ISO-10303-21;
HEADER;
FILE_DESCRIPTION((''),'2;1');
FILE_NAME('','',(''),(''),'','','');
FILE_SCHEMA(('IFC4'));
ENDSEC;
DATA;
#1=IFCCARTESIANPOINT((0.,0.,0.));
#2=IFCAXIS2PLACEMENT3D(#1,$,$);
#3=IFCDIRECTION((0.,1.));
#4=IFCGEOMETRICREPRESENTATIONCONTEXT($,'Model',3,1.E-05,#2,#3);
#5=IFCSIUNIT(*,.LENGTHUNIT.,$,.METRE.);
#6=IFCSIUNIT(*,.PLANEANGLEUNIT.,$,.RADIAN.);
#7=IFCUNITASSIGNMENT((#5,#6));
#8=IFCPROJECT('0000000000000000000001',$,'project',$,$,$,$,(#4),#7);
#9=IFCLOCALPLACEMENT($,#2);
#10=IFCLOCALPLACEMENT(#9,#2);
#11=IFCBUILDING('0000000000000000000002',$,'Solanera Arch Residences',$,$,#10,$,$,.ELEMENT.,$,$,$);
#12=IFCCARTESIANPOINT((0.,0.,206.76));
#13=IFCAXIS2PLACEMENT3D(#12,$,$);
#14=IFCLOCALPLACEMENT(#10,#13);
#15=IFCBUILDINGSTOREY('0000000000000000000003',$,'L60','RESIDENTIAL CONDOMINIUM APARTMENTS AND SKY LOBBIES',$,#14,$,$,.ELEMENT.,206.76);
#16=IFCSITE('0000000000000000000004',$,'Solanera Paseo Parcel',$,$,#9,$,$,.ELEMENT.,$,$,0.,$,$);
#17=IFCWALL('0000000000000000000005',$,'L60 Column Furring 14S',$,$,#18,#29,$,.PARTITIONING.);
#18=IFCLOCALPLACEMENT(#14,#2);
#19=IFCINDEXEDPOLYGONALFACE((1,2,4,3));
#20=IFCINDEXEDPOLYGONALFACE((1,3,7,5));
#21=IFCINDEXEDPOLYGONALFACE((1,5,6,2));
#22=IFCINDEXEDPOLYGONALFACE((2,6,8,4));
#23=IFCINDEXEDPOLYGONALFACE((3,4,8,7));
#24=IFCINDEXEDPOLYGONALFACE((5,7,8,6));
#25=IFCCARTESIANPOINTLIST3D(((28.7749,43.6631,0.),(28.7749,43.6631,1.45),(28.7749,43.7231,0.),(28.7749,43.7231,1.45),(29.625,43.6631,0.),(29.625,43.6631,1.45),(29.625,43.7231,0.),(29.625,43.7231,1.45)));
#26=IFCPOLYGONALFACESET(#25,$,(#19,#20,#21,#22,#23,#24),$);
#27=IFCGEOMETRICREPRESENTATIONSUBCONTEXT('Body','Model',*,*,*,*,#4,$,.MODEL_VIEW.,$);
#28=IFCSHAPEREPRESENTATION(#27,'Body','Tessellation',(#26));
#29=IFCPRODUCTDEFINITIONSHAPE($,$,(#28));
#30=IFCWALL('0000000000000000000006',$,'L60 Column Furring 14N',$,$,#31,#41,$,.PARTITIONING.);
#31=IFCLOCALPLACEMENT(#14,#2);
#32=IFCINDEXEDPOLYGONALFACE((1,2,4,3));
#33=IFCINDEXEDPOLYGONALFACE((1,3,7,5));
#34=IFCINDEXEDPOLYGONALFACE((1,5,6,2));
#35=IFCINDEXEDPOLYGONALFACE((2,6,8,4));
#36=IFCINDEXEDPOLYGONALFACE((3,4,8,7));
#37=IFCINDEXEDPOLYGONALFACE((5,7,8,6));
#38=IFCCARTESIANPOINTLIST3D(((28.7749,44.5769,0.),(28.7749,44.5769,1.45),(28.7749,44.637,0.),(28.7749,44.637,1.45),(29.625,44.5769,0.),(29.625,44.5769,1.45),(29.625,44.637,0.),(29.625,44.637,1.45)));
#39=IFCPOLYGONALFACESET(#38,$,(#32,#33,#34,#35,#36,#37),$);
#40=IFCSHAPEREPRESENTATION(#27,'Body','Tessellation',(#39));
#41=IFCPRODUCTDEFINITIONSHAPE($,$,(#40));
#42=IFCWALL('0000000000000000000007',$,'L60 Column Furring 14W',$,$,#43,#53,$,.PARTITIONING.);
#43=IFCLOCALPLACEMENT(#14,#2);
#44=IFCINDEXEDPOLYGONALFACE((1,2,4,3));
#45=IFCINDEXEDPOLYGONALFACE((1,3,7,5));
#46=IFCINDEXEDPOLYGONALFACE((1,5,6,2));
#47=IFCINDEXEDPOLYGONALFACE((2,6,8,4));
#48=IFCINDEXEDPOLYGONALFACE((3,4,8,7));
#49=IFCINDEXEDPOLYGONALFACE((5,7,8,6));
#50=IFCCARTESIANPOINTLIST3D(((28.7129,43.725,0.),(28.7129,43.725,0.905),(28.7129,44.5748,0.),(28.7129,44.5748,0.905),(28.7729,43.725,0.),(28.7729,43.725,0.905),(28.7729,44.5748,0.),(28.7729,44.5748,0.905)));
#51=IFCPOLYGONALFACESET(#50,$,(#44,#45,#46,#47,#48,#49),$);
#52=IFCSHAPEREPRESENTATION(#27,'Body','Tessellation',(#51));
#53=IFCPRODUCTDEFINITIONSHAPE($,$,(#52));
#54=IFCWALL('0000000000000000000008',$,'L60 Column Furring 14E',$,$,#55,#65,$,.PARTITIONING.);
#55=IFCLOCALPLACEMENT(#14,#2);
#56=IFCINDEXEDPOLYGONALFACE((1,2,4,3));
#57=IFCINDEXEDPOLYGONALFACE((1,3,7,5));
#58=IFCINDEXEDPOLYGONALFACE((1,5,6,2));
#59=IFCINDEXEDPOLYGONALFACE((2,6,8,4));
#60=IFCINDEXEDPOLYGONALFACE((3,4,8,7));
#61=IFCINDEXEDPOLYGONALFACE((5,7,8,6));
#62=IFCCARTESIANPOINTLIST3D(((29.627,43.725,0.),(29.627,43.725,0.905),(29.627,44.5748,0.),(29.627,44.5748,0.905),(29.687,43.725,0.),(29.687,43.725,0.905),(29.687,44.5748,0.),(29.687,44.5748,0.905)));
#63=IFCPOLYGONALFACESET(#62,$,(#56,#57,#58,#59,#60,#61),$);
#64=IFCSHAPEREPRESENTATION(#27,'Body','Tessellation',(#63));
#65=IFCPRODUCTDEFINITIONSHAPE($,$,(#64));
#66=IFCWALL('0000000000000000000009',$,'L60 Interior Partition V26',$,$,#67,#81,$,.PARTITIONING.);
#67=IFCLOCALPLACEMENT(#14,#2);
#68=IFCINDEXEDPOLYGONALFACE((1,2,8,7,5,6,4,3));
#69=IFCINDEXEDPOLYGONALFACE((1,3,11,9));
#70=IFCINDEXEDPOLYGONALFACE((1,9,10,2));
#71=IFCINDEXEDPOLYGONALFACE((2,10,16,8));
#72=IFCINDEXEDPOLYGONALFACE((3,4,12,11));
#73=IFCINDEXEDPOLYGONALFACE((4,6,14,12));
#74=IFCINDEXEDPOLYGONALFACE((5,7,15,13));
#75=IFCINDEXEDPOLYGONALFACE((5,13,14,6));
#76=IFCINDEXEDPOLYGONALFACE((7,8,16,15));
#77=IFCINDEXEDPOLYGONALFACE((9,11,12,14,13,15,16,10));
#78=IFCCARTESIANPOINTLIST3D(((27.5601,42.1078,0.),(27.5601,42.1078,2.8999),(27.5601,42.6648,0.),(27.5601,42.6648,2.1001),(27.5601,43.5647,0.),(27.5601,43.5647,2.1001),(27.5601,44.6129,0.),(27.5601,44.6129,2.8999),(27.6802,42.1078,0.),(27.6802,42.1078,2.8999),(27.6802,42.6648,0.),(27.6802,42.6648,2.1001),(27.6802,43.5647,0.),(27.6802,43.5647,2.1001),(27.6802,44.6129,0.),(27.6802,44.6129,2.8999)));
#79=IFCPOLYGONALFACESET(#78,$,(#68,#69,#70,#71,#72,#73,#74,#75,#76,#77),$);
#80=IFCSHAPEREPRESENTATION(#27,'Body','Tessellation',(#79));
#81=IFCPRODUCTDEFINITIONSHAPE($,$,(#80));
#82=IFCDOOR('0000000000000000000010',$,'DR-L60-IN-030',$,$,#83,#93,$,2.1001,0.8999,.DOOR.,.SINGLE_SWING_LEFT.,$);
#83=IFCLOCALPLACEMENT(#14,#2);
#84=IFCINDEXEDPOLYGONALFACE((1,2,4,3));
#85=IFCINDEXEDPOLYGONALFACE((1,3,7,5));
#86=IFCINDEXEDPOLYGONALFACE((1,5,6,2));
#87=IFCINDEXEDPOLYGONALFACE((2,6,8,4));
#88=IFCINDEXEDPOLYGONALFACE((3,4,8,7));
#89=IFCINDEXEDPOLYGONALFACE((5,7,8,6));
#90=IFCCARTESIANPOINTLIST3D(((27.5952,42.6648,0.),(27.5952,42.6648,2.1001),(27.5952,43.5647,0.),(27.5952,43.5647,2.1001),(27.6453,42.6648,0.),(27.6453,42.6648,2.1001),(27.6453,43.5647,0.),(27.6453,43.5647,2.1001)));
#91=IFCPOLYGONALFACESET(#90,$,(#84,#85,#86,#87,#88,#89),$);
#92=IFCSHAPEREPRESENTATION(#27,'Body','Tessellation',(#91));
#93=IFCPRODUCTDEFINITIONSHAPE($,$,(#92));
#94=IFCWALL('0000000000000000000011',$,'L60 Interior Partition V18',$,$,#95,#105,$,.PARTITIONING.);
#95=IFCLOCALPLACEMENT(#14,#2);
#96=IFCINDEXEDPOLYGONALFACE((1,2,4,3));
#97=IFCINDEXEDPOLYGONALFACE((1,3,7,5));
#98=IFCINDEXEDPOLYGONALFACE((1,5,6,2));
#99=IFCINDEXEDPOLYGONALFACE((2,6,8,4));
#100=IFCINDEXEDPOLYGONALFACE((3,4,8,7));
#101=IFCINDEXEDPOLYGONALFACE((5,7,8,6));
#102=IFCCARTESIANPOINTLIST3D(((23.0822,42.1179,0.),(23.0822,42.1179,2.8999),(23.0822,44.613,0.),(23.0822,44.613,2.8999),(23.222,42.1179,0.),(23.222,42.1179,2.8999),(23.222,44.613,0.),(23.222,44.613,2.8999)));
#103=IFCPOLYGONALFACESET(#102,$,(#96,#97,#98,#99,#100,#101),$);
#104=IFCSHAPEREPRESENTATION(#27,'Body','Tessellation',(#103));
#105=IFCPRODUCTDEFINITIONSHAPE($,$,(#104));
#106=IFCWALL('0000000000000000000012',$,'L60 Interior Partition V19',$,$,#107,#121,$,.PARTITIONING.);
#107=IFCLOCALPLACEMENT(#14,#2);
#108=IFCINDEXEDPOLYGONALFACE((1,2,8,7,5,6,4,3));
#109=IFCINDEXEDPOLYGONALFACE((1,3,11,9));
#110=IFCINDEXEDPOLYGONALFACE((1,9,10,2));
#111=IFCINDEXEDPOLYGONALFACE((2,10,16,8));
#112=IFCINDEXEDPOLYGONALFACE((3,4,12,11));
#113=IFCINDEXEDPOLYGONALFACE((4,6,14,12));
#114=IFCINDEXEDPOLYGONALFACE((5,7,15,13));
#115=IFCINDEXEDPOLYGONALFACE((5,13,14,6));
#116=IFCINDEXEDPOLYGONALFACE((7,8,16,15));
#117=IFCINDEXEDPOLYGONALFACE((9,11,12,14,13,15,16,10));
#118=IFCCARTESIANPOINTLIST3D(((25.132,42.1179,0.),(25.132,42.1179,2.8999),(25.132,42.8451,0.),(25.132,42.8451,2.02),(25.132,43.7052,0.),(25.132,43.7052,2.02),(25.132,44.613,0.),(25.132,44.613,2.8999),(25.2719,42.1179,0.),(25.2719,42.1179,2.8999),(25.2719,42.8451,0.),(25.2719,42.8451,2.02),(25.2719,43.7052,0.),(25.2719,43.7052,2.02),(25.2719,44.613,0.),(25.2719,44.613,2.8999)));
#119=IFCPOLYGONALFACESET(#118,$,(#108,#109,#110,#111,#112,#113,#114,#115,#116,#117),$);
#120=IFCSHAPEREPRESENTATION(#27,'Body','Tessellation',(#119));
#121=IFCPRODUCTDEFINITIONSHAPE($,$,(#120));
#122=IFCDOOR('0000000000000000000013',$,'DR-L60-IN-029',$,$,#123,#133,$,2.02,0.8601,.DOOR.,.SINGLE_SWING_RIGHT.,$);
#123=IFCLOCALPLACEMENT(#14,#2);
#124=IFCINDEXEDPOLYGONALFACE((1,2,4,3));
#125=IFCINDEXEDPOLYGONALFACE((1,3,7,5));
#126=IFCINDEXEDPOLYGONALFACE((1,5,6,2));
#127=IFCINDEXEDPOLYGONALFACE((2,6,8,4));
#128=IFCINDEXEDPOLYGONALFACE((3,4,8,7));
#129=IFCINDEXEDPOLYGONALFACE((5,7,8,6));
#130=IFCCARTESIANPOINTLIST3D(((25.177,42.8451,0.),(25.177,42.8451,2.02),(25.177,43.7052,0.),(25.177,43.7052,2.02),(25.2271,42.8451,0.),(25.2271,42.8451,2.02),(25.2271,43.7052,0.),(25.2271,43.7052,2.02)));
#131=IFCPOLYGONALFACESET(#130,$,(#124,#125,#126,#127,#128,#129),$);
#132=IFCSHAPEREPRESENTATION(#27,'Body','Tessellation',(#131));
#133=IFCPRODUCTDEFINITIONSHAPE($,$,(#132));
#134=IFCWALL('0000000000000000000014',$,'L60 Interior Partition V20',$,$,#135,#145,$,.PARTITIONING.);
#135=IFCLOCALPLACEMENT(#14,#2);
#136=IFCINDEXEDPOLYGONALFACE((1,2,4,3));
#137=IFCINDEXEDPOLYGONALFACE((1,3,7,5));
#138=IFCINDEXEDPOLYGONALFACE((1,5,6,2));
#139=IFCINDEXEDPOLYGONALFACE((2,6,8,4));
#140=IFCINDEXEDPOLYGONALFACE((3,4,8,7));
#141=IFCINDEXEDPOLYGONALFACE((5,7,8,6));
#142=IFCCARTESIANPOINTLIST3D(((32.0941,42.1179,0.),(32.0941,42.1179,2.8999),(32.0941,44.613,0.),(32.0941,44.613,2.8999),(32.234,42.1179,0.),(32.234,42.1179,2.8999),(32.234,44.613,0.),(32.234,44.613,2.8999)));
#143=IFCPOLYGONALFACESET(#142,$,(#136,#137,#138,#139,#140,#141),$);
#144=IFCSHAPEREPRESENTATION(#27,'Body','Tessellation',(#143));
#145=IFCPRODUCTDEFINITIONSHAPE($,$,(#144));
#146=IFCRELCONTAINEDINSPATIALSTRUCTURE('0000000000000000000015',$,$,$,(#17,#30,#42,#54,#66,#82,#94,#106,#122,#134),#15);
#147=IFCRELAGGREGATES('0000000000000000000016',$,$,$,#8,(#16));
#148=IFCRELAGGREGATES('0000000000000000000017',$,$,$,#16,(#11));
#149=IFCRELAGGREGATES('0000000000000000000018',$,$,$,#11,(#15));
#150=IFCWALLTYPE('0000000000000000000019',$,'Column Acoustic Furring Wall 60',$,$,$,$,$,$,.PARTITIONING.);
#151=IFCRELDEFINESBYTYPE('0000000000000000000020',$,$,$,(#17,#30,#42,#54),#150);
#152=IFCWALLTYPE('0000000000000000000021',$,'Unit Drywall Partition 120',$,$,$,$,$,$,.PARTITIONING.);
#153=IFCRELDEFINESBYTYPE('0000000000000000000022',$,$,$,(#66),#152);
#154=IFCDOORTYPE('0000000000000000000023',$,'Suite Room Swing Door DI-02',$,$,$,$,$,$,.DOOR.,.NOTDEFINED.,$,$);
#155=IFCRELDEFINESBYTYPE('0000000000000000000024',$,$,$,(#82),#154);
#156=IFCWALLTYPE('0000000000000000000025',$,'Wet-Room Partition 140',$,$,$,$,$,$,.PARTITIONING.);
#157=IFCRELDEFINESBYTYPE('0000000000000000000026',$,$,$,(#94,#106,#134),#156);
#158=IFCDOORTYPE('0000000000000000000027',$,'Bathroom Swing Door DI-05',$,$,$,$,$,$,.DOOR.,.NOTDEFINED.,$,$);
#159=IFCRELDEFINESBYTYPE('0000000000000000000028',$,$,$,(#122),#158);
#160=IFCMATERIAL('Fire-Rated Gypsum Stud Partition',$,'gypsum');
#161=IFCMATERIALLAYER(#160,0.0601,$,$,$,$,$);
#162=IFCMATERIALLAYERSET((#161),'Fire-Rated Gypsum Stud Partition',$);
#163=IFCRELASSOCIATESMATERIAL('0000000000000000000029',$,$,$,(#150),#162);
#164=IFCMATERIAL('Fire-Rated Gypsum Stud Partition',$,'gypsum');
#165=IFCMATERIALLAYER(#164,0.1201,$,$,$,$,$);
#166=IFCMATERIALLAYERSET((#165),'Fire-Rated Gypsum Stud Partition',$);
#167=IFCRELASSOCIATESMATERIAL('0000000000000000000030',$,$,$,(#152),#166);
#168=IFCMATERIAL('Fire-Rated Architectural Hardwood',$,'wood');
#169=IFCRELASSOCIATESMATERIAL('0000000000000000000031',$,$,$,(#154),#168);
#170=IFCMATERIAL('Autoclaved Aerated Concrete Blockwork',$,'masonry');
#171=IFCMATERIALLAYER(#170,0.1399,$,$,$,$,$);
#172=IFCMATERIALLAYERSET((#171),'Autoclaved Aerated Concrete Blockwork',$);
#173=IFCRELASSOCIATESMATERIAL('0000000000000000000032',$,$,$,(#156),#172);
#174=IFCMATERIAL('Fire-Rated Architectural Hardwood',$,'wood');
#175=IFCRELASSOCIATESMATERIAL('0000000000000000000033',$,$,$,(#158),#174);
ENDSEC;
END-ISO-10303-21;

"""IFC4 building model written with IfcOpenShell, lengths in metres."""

from ifc_helpers import new_model, si_unit, direction, frame, frame_2d, origin, place, context, subcontext, project, spatial, rectangle, extrude, material, layer, layer_set, type_object, element, fill, save


model = new_model("IFC4")

# Units and contexts
model_context = context("Model", 3, precision=1e-05, world=origin(), true_north=direction((0.0, 1.0)))
body_context = subcontext(model_context, "Body", "Model", "MODEL_VIEW")
ifc_project = project(units=[si_unit("LENGTHUNIT", "METRE"), si_unit("PLANEANGLEUNIT", "RADIAN")], contexts=[model_context])

# Site, building, storey
site_placement = place(None, origin())
site = spatial("IfcSite", under=ifc_project, at=site_placement, Name="Solanera Paseo Parcel", CompositionType="ELEMENT", RefElevation=0.0)
building_placement = place(site_placement, origin())
building = spatial("IfcBuilding", under=site, at=building_placement, Name="Solanera Arch Residences", CompositionType="ELEMENT")
storey_placement = place(building_placement, frame((0.0, 0.0, 206.76)))
storey = spatial("IfcBuildingStorey", under=building, at=storey_placement, Name="L60", Description="RESIDENTIAL CONDOMINIUM APARTMENTS AND SKY LOBBIES", CompositionType="ELEMENT", Elevation=206.76)

# Walls
ifc_material_1 = material(Name="Fire-Rated Gypsum Stud Partition", Category="gypsum")
ifc_layer_1 = layer(ifc_material_1, 0.0601)
ifc_layer_set_1 = layer_set([ifc_layer_1], Name="Fire-Rated Gypsum Stud Partition")
wall_type_1 = type_object("IfcWallType", Name="Column Acoustic Furring Wall 60", PredefinedType="PARTITIONING", material=ifc_layer_set_1)
for number, where, z_axis, x_axis, name in (
    (1, (28.7749, 43.6931, 0.0), (0.0, 0.0, 1.0), (1.0, 0.0, 0.0), "L60 Column Furring 14S"),
    (2, (28.7749, 44.6069, 0.0), (0.0, 0.0, 1.0), (1.0, 0.0, 0.0), "L60 Column Furring 14N"),
):
    element("IfcWall", number, at=place(storey_placement, frame(where, z_axis=z_axis, x_axis=x_axis)), inside=storey, type_object=wall_type_1, Name=name, PredefinedType="PARTITIONING", context=body_context, shape_type="SweptSolid", body=[
        extrude(rectangle(XDim=0.8501, YDim=0.0601, at=frame_2d((0.425, 0.0))), origin(), (0.0, 0.0, 1.0), 1.45),
    ])
for number, where, z_axis, x_axis, name in (
    (3, (28.7429, 43.7251, 0.0), (0.0, 0.0, 1.0), (0.0, 1.0, 0.0), "L60 Column Furring 14W"),
    (4, (29.657, 43.7251, 0.0), (0.0, 0.0, 1.0), (0.0, 1.0, 0.0), "L60 Column Furring 14E"),
):
    element("IfcWall", number, at=place(storey_placement, frame(where, z_axis=z_axis, x_axis=x_axis)), inside=storey, type_object=wall_type_1, Name=name, PredefinedType="PARTITIONING", context=body_context, shape_type="SweptSolid", body=[
        extrude(rectangle(XDim=0.8499, YDim=0.0601, at=frame_2d((0.4248, 0.0))), origin(), (0.0, 0.0, 1.0), 0.905),
    ])

# Wall, opening, door
ifc_material_2 = material(Name="Fire-Rated Gypsum Stud Partition", Category="gypsum")
ifc_layer_2 = layer(ifc_material_2, 0.1201)
ifc_layer_set_2 = layer_set([ifc_layer_2], Name="Fire-Rated Gypsum Stud Partition")
wall_type_2 = type_object("IfcWallType", Name="Unit Drywall Partition 120", PredefinedType="PARTITIONING", material=ifc_layer_set_2)
wall_1_placement = place(storey_placement, frame((27.6201, 42.1079, 0.0), z_axis=(0.0, 0.0, 1.0), x_axis=(0.0, 1.0, 0.0)))
wall_1 = element("IfcWall", 5, at=wall_1_placement, inside=storey, type_object=wall_type_2, Name="L60 Interior Partition V26", PredefinedType="PARTITIONING", context=body_context, shape_type="SweptSolid", body=[
    extrude(rectangle(XDim=2.5051, YDim=0.1201, at=frame_2d((1.2524, 0.0))), origin(), (0.0, 0.0, 1.0), 2.8999),
])
opening_1_placement = place(wall_1_placement, frame((0.5569, 0.0, 0.0)))
opening_1 = element("IfcOpeningElement", 6, at=opening_1_placement, cuts=wall_1, PredefinedType="OPENING", context=body_context, shape_type="SweptSolid", body=[
    extrude(rectangle(XDim=0.8999, YDim=2.1001, at=frame_2d((0.45, 1.05))), frame((0.0, 0.0701, 0.0), z_axis=(0.0, -1.0, 0.0), x_axis=(1.0, 0.0, 0.0)), (0.0, 0.0, 1.0), 0.1401),
])
ifc_material_3 = material(Name="Fire-Rated Architectural Hardwood", Category="wood")
door_type_1 = type_object("IfcDoorType", Name="Suite Room Swing Door DI-02", OperationType="NOTDEFINED", PredefinedType="DOOR", material=ifc_material_3)
door_1_placement = place(opening_1_placement, origin())
door_1 = element("IfcDoor", 7, at=door_1_placement, inside=storey, type_object=door_type_1, Name="DR-L60-IN-030", OperationType="SINGLE_SWING_LEFT", OverallHeight=2.1001, OverallWidth=0.8999, PredefinedType="DOOR", context=body_context, shape_type="SweptSolid", body=[
    extrude(rectangle(XDim=0.8999, YDim=2.1001, at=frame_2d((0.45, 1.05))), frame((0.0, 0.0249, 0.0), z_axis=(0.0, -1.0, 0.0), x_axis=(1.0, 0.0, 0.0)), (0.0, 0.0, 1.0), 0.05),
])
fill(opening_1, door_1)

# Wall
ifc_material_4 = material(Name="Autoclaved Aerated Concrete Blockwork", Category="masonry")
ifc_layer_3 = layer(ifc_material_4, 0.1399)
ifc_layer_set_3 = layer_set([ifc_layer_3], Name="Autoclaved Aerated Concrete Blockwork")
wall_type_3 = type_object("IfcWallType", Name="Wet-Room Partition 140", PredefinedType="PARTITIONING", material=ifc_layer_set_3)
wall_2_placement = place(storey_placement, frame((23.1521, 42.1179, 0.0), z_axis=(0.0, 0.0, 1.0), x_axis=(0.0, 1.0, 0.0)))
element("IfcWall", 8, at=wall_2_placement, inside=storey, type_object=wall_type_3, Name="L60 Interior Partition V18", PredefinedType="PARTITIONING", context=body_context, shape_type="SweptSolid", body=[
    extrude(rectangle(XDim=2.4951, YDim=0.1399, at=frame_2d((1.2476, 0.0))), origin(), (0.0, 0.0, 1.0), 2.8999),
])

# Wall, opening, door
wall_3_placement = place(storey_placement, frame((25.2019, 42.1179, 0.0), z_axis=(0.0, 0.0, 1.0), x_axis=(0.0, 1.0, 0.0)))
wall_3 = element("IfcWall", 9, at=wall_3_placement, inside=storey, type_object=wall_type_3, Name="L60 Interior Partition V19", PredefinedType="PARTITIONING", context=body_context, shape_type="SweptSolid", body=[
    extrude(rectangle(XDim=2.4951, YDim=0.1399, at=frame_2d((1.2476, 0.0))), origin(), (0.0, 0.0, 1.0), 2.8999),
])
opening_2_placement = place(wall_3_placement, frame((0.7271, 0.0, 0.0)))
opening_2 = element("IfcOpeningElement", 10, at=opening_2_placement, cuts=wall_3, PredefinedType="OPENING", context=body_context, shape_type="SweptSolid", body=[
    extrude(rectangle(XDim=0.8601, YDim=2.02, at=frame_2d((0.4302, 1.01))), frame((0.0, 0.0798, 0.0), z_axis=(0.0, -1.0, 0.0), x_axis=(1.0, 0.0, 0.0)), (0.0, 0.0, 1.0), 0.1599),
])
ifc_material_5 = material(Name="Fire-Rated Architectural Hardwood", Category="wood")
door_type_2 = type_object("IfcDoorType", Name="Bathroom Swing Door DI-05", OperationType="NOTDEFINED", PredefinedType="DOOR", material=ifc_material_5)
door_2_placement = place(opening_2_placement, origin())
door_2 = element("IfcDoor", 11, at=door_2_placement, inside=storey, type_object=door_type_2, Name="DR-L60-IN-029", OperationType="SINGLE_SWING_RIGHT", OverallHeight=2.02, OverallWidth=0.8601, PredefinedType="DOOR", context=body_context, shape_type="SweptSolid", body=[
    extrude(rectangle(XDim=0.8601, YDim=2.02, at=frame_2d((0.4302, 1.01))), frame((0.0, 0.0249, 0.0), z_axis=(0.0, -1.0, 0.0), x_axis=(1.0, 0.0, 0.0)), (0.0, 0.0, 1.0), 0.05),
])
fill(opening_2, door_2)

# Wall
wall_4_placement = place(storey_placement, frame((32.1641, 42.1179, 0.0), z_axis=(0.0, 0.0, 1.0), x_axis=(0.0, 1.0, 0.0)))
element("IfcWall", 12, at=wall_4_placement, inside=storey, type_object=wall_type_3, Name="L60 Interior Partition V20", PredefinedType="PARTITIONING", context=body_context, shape_type="SweptSolid", body=[
    extrude(rectangle(XDim=2.4951, YDim=0.1399, at=frame_2d((1.2476, 0.0))), origin(), (0.0, 0.0, 1.0), 2.8999),
])

save(model, "model.ifc")
